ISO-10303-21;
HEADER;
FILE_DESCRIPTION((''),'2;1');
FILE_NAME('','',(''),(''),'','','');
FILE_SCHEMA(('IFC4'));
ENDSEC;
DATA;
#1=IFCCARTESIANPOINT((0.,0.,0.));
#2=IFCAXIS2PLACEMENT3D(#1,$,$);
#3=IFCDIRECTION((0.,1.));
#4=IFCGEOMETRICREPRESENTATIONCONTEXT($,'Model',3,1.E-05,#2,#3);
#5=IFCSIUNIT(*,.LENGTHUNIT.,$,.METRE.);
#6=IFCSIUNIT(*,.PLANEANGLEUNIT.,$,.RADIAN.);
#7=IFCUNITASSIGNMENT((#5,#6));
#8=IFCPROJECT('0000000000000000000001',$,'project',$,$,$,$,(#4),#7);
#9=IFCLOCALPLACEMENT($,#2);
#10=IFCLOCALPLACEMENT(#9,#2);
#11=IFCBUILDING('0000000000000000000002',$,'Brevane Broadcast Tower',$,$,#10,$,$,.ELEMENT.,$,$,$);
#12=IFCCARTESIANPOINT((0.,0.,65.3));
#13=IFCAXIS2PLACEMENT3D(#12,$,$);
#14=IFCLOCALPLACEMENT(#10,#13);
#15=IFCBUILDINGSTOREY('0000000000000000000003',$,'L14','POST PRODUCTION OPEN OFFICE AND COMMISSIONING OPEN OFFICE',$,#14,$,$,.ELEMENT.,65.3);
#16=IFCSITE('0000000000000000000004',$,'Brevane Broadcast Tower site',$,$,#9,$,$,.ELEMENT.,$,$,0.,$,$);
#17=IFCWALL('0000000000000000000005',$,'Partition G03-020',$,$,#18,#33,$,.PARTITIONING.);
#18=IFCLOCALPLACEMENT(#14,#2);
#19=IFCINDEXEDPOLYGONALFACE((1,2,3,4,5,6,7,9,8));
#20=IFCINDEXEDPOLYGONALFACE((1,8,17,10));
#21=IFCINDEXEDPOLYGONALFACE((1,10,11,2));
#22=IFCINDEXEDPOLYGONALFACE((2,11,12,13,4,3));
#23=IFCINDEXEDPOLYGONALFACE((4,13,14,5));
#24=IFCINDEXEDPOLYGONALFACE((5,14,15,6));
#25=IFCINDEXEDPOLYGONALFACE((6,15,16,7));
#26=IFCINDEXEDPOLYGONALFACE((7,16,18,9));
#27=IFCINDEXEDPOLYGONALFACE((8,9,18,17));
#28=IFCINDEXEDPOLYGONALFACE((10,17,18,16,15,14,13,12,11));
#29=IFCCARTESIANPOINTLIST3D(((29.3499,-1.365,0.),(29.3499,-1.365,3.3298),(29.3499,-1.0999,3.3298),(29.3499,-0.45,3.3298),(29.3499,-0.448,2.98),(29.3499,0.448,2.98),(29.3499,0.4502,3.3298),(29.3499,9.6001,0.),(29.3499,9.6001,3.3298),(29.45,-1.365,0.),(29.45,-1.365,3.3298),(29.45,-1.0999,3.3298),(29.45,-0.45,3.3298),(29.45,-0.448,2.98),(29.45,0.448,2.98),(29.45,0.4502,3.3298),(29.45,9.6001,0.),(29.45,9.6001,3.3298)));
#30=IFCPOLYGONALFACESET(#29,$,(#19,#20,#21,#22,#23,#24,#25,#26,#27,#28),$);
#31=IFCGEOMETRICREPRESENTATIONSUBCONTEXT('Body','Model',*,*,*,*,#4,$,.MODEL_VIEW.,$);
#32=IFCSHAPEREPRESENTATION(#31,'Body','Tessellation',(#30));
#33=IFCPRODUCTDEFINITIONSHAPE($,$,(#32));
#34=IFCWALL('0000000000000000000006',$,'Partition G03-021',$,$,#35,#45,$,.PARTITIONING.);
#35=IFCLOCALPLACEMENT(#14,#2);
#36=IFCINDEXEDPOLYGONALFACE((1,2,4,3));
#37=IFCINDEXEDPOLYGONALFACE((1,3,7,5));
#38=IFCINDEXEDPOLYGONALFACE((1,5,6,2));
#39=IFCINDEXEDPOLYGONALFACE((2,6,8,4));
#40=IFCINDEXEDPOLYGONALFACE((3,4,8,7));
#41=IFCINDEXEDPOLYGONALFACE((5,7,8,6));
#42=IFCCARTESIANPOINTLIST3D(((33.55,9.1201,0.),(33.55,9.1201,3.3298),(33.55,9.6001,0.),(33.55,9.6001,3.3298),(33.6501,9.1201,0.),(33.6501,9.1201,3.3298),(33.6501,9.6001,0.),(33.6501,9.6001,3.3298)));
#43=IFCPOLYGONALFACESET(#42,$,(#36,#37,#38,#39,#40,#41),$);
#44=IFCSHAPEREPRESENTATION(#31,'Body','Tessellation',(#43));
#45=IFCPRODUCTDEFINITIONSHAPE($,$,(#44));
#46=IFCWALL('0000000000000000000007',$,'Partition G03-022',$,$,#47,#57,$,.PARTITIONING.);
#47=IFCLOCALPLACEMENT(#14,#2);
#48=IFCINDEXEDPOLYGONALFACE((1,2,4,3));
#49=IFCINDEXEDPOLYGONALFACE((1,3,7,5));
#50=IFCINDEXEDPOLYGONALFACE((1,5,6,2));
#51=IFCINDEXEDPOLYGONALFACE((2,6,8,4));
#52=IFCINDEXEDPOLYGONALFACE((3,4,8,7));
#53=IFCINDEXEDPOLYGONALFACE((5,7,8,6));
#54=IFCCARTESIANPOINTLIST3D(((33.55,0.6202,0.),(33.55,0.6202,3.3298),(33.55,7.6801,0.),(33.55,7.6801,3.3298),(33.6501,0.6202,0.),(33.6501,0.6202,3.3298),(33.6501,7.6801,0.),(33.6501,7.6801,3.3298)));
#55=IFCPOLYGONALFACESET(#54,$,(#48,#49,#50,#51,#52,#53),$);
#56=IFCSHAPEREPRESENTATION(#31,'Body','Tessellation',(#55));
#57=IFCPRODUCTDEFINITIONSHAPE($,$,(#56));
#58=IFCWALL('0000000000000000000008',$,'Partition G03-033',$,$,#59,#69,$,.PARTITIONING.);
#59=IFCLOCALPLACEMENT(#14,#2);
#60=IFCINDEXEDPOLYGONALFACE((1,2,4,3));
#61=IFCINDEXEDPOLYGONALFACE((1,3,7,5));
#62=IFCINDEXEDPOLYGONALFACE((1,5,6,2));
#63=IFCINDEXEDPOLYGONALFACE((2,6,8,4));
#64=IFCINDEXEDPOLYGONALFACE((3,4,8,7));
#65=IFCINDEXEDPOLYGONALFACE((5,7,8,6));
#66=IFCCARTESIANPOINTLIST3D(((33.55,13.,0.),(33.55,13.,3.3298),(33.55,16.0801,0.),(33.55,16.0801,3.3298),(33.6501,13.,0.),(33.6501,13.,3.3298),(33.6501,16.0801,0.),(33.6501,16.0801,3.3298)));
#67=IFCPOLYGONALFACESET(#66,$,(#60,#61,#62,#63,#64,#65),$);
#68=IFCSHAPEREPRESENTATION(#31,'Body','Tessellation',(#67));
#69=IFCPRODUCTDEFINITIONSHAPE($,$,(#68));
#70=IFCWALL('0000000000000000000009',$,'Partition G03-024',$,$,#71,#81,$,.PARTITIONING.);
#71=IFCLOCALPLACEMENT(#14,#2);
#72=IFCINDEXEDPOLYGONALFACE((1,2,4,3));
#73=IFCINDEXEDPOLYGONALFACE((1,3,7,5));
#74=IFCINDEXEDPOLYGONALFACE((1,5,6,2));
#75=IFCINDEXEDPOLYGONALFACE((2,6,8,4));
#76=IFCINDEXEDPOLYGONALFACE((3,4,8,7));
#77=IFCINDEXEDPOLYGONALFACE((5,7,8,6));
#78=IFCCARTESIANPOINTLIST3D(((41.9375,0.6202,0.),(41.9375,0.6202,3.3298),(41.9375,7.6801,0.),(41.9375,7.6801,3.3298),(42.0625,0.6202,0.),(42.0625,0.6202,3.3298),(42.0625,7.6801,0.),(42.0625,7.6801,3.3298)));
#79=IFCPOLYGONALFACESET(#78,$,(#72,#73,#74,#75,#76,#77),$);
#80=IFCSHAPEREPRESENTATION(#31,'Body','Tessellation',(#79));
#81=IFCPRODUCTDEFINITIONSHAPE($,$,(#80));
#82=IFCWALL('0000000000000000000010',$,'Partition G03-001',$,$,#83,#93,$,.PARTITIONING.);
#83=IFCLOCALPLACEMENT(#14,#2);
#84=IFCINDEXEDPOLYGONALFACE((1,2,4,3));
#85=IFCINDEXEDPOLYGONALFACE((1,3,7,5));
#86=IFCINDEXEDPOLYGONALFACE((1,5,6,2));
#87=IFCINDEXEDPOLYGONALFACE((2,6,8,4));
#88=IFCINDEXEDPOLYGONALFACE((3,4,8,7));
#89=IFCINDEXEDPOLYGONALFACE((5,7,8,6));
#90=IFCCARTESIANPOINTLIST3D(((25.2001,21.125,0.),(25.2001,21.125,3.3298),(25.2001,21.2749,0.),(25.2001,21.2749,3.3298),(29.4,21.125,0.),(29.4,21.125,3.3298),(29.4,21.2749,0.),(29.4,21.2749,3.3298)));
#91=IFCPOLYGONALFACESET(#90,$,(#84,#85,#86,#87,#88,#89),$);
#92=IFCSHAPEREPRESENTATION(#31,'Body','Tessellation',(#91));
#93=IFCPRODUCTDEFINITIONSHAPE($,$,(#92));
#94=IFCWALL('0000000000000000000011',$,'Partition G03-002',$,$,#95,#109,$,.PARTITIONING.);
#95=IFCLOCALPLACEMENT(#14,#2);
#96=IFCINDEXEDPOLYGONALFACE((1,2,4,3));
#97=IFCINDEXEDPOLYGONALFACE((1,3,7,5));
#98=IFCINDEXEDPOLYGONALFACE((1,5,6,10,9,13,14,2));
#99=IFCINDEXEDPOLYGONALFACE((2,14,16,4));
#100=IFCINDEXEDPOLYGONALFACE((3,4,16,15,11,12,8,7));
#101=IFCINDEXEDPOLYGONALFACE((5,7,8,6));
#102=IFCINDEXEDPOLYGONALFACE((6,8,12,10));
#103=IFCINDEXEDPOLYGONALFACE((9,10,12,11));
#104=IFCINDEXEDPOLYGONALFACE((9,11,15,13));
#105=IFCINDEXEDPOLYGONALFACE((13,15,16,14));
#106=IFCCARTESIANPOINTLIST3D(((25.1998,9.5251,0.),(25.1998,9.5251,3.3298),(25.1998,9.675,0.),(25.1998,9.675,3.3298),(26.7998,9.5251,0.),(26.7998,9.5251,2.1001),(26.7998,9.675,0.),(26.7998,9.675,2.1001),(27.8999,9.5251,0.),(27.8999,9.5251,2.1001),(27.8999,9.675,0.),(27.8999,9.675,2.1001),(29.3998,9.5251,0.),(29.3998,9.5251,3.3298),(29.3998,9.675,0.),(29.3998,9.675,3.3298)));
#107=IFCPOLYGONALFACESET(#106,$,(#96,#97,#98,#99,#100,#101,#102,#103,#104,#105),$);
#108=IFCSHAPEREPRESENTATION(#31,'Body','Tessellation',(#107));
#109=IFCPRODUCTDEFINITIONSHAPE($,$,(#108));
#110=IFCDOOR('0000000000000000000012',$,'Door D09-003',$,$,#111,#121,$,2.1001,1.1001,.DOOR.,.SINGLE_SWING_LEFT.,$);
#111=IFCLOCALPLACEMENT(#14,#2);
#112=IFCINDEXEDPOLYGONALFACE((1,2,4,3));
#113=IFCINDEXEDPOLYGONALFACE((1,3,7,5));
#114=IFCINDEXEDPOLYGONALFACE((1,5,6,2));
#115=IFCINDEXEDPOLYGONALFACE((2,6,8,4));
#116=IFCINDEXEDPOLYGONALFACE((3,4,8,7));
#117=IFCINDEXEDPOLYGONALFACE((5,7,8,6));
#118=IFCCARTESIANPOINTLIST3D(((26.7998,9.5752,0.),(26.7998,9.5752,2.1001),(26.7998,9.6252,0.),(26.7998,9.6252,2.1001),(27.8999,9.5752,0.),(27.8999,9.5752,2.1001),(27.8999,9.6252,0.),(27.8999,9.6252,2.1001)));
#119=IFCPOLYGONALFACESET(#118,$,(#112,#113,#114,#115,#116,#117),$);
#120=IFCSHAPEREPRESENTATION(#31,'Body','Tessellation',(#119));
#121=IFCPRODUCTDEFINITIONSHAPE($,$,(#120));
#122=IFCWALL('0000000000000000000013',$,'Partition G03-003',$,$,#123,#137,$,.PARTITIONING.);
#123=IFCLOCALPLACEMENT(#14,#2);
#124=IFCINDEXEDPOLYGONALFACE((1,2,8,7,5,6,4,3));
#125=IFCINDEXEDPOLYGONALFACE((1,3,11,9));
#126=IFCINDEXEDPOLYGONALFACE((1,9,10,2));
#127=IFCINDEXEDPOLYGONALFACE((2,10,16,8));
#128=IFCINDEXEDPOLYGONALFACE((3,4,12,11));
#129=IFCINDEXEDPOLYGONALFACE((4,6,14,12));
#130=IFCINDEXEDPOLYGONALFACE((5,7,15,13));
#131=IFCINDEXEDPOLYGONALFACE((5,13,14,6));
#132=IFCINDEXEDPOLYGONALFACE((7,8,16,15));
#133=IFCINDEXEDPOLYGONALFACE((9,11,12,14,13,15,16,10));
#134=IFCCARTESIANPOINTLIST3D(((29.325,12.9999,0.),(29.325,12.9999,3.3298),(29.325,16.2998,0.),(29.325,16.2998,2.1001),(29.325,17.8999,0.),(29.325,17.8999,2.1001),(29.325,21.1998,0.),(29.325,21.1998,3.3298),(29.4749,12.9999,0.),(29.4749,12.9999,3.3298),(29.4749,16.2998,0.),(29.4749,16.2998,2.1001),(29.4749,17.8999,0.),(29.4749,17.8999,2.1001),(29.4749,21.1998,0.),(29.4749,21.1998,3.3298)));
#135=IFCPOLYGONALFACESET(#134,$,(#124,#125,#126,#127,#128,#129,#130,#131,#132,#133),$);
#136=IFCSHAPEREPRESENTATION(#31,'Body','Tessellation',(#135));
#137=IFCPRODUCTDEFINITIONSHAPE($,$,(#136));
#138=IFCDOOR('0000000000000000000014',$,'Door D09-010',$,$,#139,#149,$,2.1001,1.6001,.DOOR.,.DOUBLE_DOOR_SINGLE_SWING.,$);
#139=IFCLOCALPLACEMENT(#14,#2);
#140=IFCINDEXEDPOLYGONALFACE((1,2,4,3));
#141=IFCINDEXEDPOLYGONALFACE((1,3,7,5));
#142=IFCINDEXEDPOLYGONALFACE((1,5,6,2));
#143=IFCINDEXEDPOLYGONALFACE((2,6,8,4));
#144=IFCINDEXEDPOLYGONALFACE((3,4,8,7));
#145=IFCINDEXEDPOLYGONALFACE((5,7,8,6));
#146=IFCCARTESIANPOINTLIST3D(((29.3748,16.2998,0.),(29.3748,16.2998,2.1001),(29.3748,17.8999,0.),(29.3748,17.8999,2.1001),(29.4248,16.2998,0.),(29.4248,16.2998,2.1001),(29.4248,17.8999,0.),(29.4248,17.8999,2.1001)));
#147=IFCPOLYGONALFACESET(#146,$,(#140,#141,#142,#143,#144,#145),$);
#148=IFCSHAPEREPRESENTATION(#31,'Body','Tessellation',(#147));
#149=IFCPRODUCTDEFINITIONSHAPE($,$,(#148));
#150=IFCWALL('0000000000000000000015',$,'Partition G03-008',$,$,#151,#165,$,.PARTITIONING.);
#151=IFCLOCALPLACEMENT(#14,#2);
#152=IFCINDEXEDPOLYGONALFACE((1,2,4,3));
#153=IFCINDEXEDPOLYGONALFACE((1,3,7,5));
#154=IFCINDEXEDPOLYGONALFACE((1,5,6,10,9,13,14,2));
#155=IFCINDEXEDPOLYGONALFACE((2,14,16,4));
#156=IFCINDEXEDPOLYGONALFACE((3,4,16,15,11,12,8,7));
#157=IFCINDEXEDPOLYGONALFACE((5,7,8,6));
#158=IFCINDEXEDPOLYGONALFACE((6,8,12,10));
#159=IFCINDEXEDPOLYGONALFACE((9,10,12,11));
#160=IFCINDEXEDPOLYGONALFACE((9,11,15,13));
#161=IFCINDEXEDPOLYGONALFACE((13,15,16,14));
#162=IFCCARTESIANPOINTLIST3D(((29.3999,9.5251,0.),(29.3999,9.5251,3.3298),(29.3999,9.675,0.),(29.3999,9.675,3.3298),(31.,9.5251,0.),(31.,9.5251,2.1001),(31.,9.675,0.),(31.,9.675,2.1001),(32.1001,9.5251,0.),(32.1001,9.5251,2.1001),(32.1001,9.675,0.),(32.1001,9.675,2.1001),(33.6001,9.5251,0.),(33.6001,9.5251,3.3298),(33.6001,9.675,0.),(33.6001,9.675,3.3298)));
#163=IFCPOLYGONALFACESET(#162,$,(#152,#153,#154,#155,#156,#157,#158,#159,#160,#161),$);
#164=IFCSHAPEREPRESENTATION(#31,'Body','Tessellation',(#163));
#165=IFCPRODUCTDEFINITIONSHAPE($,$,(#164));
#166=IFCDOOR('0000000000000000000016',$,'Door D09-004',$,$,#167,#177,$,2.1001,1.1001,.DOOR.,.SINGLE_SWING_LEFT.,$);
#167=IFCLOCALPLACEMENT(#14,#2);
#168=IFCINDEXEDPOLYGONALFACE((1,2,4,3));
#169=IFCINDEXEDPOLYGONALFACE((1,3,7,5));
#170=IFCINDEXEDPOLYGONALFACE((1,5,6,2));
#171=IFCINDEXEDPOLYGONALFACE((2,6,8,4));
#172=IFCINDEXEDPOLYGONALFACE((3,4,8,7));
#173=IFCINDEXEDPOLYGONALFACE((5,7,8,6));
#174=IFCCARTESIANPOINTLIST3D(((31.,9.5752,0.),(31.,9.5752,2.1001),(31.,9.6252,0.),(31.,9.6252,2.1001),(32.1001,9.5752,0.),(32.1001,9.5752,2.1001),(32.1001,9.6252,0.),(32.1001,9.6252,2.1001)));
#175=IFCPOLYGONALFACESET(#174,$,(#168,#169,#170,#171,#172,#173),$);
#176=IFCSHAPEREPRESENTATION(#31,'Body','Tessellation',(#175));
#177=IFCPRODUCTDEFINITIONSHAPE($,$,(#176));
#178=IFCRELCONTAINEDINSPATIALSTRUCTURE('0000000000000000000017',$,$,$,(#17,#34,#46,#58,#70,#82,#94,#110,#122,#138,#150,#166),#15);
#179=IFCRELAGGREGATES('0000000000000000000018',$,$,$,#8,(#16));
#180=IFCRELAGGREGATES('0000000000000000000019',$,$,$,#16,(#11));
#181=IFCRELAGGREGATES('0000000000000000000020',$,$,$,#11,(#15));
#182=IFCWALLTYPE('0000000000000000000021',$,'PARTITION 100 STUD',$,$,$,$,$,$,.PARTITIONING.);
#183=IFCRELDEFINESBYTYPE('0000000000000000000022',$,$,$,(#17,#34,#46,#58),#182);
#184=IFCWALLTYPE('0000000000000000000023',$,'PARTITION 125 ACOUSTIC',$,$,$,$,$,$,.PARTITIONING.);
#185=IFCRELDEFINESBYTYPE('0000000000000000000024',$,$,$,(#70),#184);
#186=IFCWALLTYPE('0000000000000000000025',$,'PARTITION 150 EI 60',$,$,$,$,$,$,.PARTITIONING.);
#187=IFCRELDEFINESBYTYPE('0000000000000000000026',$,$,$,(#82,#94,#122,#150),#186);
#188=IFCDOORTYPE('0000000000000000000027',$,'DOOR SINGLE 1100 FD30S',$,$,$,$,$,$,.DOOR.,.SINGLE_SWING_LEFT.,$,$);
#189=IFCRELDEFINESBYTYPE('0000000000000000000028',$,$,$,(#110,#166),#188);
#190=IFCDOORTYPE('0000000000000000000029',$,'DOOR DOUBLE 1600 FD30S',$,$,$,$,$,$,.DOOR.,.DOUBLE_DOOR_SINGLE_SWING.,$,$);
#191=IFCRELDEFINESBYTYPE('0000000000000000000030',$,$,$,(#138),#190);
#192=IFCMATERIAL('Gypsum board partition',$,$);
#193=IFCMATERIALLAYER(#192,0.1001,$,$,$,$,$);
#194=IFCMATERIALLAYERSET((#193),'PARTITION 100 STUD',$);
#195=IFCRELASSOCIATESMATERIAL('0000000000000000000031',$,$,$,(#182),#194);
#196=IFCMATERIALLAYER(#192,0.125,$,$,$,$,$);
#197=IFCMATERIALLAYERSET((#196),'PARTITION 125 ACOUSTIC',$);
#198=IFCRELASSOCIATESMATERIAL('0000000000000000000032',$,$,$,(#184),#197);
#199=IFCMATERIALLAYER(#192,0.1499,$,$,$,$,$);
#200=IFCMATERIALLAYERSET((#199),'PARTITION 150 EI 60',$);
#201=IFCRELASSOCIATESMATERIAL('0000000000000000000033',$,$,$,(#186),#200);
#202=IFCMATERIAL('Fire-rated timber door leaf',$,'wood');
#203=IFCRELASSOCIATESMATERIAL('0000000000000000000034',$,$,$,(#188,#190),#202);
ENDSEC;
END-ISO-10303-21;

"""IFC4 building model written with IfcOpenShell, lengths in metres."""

from ifc_helpers import new_model, si_unit, direction, frame, frame_2d, origin, place, context, subcontext, project, spatial, polyline, rectangle, outline, extrude, material, layer, layer_set, type_object, element, fill, save


model = new_model("IFC4")

# Units and contexts
model_context = context("Model", 3, precision=1e-05, world=origin(), true_north=direction((0.0, 1.0)))
body_context = subcontext(model_context, "Body", "Model", "MODEL_VIEW")
ifc_project = project(units=[si_unit("LENGTHUNIT", "METRE"), si_unit("PLANEANGLEUNIT", "RADIAN")], contexts=[model_context])

# Site, building, storey
site_placement = place(None, origin())
site = spatial("IfcSite", under=ifc_project, at=site_placement, Name="Brevane Broadcast Tower site", CompositionType="ELEMENT", RefElevation=0.0)
building_placement = place(site_placement, origin())
building = spatial("IfcBuilding", under=site, at=building_placement, Name="Brevane Broadcast Tower", CompositionType="ELEMENT")
storey_placement = place(building_placement, frame((0.0, 0.0, 65.3)))
storey = spatial("IfcBuildingStorey", under=building, at=storey_placement, Name="L14", Description="POST PRODUCTION OPEN OFFICE AND COMMISSIONING OPEN OFFICE", CompositionType="ELEMENT", Elevation=65.3)

# Walls
ifc_material_1 = material(Name="Gypsum board partition")
ifc_layer_1 = layer(ifc_material_1, 0.1001)
ifc_layer_set_1 = layer_set([ifc_layer_1], Name="PARTITION 100 STUD")
wall_type_1 = type_object("IfcWallType", Name="PARTITION 100 STUD", PredefinedType="PARTITIONING", material=ifc_layer_set_1)
wall_1_placement = place(storey_placement, frame((29.3999, 9.6001, 0.0), z_axis=(0.0, 0.0, 1.0), x_axis=(0.0, -1.0, 0.0)))
element("IfcWall", 1, at=wall_1_placement, inside=storey, type_object=wall_type_1, Name="Partition G03-020", PredefinedType="PARTITIONING", context=body_context, shape_type="SweptSolid", body=[
    extrude(outline(polyline([(0.0, 0.0), (10.9651, 0.0), (10.9651, 3.3298), (10.7, 3.3298), (10.05, 3.3298), (10.0481, 2.98), (9.1521, 2.98), (9.1499, 3.3298), (0.0, 3.3298), (0.0, 0.0)])), frame((0.0, 0.05, 0.0), z_axis=(0.0, -1.0, 0.0), x_axis=(1.0, 0.0, 0.0)), (0.0, 0.0, 1.0), 0.1001),
])
wall_2_placement = place(storey_placement, frame((33.6001, 9.6001, 0.0), z_axis=(0.0, 0.0, 1.0), x_axis=(0.0, -1.0, 0.0)))
element("IfcWall", 2, at=wall_2_placement, inside=storey, type_object=wall_type_1, Name="Partition G03-021", PredefinedType="PARTITIONING", context=body_context, shape_type="SweptSolid", body=[
    extrude(rectangle(XDim=0.48, YDim=0.1001, at=frame_2d((0.24, 0.0))), origin(), (0.0, 0.0, 1.0), 3.3298),
])
wall_3_placement = place(storey_placement, frame((33.6001, 7.6799, 0.0), z_axis=(0.0, 0.0, 1.0), x_axis=(0.0, -1.0, 0.0)))
element("IfcWall", 3, at=wall_3_placement, inside=storey, type_object=wall_type_1, Name="Partition G03-022", PredefinedType="PARTITIONING", context=body_context, shape_type="SweptSolid", body=[
    extrude(rectangle(XDim=7.0598, YDim=0.1001, at=frame_2d((3.5298, 0.0))), origin(), (0.0, 0.0, 1.0), 3.3298),
])
wall_4_placement = place(storey_placement, frame((33.6001, 16.0801, 0.0), z_axis=(0.0, 0.0, 1.0), x_axis=(0.0, -1.0, 0.0)))
element("IfcWall", 4, at=wall_4_placement, inside=storey, type_object=wall_type_1, Name="Partition G03-033", PredefinedType="PARTITIONING", context=body_context, shape_type="SweptSolid", body=[
    extrude(rectangle(XDim=3.0801, YDim=0.1001, at=frame_2d((1.54, 0.0))), origin(), (0.0, 0.0, 1.0), 3.3298),
])
ifc_layer_2 = layer(ifc_material_1, 0.125)
ifc_layer_set_2 = layer_set([ifc_layer_2], Name="PARTITION 125 ACOUSTIC")
wall_type_2 = type_object("IfcWallType", Name="PARTITION 125 ACOUSTIC", PredefinedType="PARTITIONING", material=ifc_layer_set_2)
wall_5_placement = place(storey_placement, frame((42.0, 7.6799, 0.0), z_axis=(0.0, 0.0, 1.0), x_axis=(0.0, -1.0, 0.0)))
element("IfcWall", 5, at=wall_5_placement, inside=storey, type_object=wall_type_2, Name="Partition G03-024", PredefinedType="PARTITIONING", context=body_context, shape_type="SweptSolid", body=[
    extrude(rectangle(XDim=7.0598, YDim=0.125, at=frame_2d((3.5298, 0.0))), origin(), (0.0, 0.0, 1.0), 3.3298),
])
ifc_layer_3 = layer(ifc_material_1, 0.1499)
ifc_layer_set_3 = layer_set([ifc_layer_3], Name="PARTITION 150 EI 60")
wall_type_3 = type_object("IfcWallType", Name="PARTITION 150 EI 60", PredefinedType="PARTITIONING", material=ifc_layer_set_3)
wall_6_placement = place(storey_placement, frame((25.2, 21.2, 0.0), z_axis=(0.0, 0.0, 1.0), x_axis=(1.0, 0.0, 0.0)))
element("IfcWall", 6, at=wall_6_placement, inside=storey, type_object=wall_type_3, Name="Partition G03-001", PredefinedType="PARTITIONING", context=body_context, shape_type="SweptSolid", body=[
    extrude(rectangle(XDim=4.2, YDim=0.1499, at=frame_2d((2.1001, 0.0))), origin(), (0.0, 0.0, 1.0), 3.3298),
])

# Walls, openings, doors
wall_7_placement = place(storey_placement, frame((29.3999, 9.6001, 0.0), z_axis=(0.0, 0.0, 1.0), x_axis=(-1.0, 0.0, 0.0)))
wall_7 = element("IfcWall", 7, at=wall_7_placement, inside=storey, type_object=wall_type_3, Name="Partition G03-002", PredefinedType="PARTITIONING", context=body_context, shape_type="SweptSolid", body=[
    extrude(rectangle(XDim=4.2, YDim=0.1499, at=frame_2d((2.1001, 0.0))), origin(), (0.0, 0.0, 1.0), 3.3298),
])
opening_1_placement = place(wall_7_placement, frame((1.5, 0.0, 0.0)))
opening_1 = element("IfcOpeningElement", 8, at=opening_1_placement, cuts=wall_7, PredefinedType="OPENING", context=body_context, shape_type="SweptSolid", body=[
    extrude(rectangle(XDim=1.1001, YDim=2.1001, at=frame_2d((0.55, 1.05))), frame((0.0, 0.085, 0.0), z_axis=(0.0, -1.0, 0.0), x_axis=(1.0, 0.0, 0.0)), (0.0, 0.0, 1.0), 0.1699),
])
ifc_material_2 = material(Name="Fire-rated timber door leaf", Category="wood")
door_type_1 = type_object("IfcDoorType", Name="DOOR SINGLE 1100 FD30S", OperationType="SINGLE_SWING_LEFT", PredefinedType="DOOR", material=ifc_material_2)
door_1_placement = place(opening_1_placement, origin())
door_1 = element("IfcDoor", 9, at=door_1_placement, inside=storey, type_object=door_type_1, Name="Door D09-003", OperationType="SINGLE_SWING_LEFT", OverallHeight=2.1001, OverallWidth=1.1001, PredefinedType="DOOR", context=body_context, shape_type="SweptSolid", body=[
    extrude(rectangle(XDim=1.1001, YDim=2.1001, at=frame_2d((0.55, 1.05))), frame((0.0, 0.0249, 0.0), z_axis=(0.0, -1.0, 0.0), x_axis=(1.0, 0.0, 0.0)), (0.0, 0.0, 1.0), 0.05),
])
fill(opening_1, door_1)
wall_8_placement = place(storey_placement, frame((29.3999, 21.2, 0.0), z_axis=(0.0, 0.0, 1.0), x_axis=(0.0, -1.0, 0.0)))
wall_8 = element("IfcWall", 10, at=wall_8_placement, inside=storey, type_object=wall_type_3, Name="Partition G03-003", PredefinedType="PARTITIONING", context=body_context, shape_type="SweptSolid", body=[
    extrude(rectangle(XDim=8.2, YDim=0.1499, at=frame_2d((4.1001, 0.0))), origin(), (0.0, 0.0, 1.0), 3.3298),
])
opening_2_placement = place(wall_8_placement, frame((3.3, 0.0, 0.0)))
opening_2 = element("IfcOpeningElement", 11, at=opening_2_placement, cuts=wall_8, PredefinedType="OPENING", context=body_context, shape_type="SweptSolid", body=[
    extrude(rectangle(XDim=1.6001, YDim=2.1001, at=frame_2d((0.8, 1.05))), frame((0.0, 0.085, 0.0), z_axis=(0.0, -1.0, 0.0), x_axis=(1.0, 0.0, 0.0)), (0.0, 0.0, 1.0), 0.1699),
])
door_type_2 = type_object("IfcDoorType", Name="DOOR DOUBLE 1600 FD30S", OperationType="DOUBLE_DOOR_SINGLE_SWING", PredefinedType="DOOR", material=ifc_material_2)
door_2_placement = place(opening_2_placement, origin())
door_2 = element("IfcDoor", 12, at=door_2_placement, inside=storey, type_object=door_type_2, Name="Door D09-010", OperationType="DOUBLE_DOOR_SINGLE_SWING", OverallHeight=2.1001, OverallWidth=1.6001, PredefinedType="DOOR", context=body_context, shape_type="SweptSolid", body=[
    extrude(rectangle(XDim=1.6001, YDim=2.1001, at=frame_2d((0.8, 1.05))), frame((0.0, 0.0249, 0.0), z_axis=(0.0, -1.0, 0.0), x_axis=(1.0, 0.0, 0.0)), (0.0, 0.0, 1.0), 0.05),
])
fill(opening_2, door_2)
wall_9_placement = place(storey_placement, frame((33.6001, 9.6001, 0.0), z_axis=(0.0, 0.0, 1.0), x_axis=(-1.0, 0.0, 0.0)))
wall_9 = element("IfcWall", 13, at=wall_9_placement, inside=storey, type_object=wall_type_3, Name="Partition G03-008", PredefinedType="PARTITIONING", context=body_context, shape_type="SweptSolid", body=[
    extrude(rectangle(XDim=4.2002, YDim=0.1499, at=frame_2d((2.1001, 0.0))), origin(), (0.0, 0.0, 1.0), 3.3298),
])
opening_3_placement = place(wall_9_placement, frame((1.5, 0.0, 0.0)))
opening_3 = element("IfcOpeningElement", 14, at=opening_3_placement, cuts=wall_9, PredefinedType="OPENING", context=body_context, shape_type="SweptSolid", body=[
    extrude(rectangle(XDim=1.1001, YDim=2.1001, at=frame_2d((0.55, 1.05))), frame((0.0, 0.085, 0.0), z_axis=(0.0, -1.0, 0.0), x_axis=(1.0, 0.0, 0.0)), (0.0, 0.0, 1.0), 0.1699),
])
door_3_placement = place(opening_3_placement, origin())
door_3 = element("IfcDoor", 15, at=door_3_placement, inside=storey, type_object=door_type_1, Name="Door D09-004", OperationType="SINGLE_SWING_LEFT", OverallHeight=2.1001, OverallWidth=1.1001, PredefinedType="DOOR", context=body_context, shape_type="SweptSolid", body=[
    extrude(rectangle(XDim=1.1001, YDim=2.1001, at=frame_2d((0.55, 1.05))), frame((0.0, 0.0249, 0.0), z_axis=(0.0, -1.0, 0.0), x_axis=(1.0, 0.0, 0.0)), (0.0, 0.0, 1.0), 0.05),
])
fill(opening_3, door_3)

save(model, "model.ifc")
